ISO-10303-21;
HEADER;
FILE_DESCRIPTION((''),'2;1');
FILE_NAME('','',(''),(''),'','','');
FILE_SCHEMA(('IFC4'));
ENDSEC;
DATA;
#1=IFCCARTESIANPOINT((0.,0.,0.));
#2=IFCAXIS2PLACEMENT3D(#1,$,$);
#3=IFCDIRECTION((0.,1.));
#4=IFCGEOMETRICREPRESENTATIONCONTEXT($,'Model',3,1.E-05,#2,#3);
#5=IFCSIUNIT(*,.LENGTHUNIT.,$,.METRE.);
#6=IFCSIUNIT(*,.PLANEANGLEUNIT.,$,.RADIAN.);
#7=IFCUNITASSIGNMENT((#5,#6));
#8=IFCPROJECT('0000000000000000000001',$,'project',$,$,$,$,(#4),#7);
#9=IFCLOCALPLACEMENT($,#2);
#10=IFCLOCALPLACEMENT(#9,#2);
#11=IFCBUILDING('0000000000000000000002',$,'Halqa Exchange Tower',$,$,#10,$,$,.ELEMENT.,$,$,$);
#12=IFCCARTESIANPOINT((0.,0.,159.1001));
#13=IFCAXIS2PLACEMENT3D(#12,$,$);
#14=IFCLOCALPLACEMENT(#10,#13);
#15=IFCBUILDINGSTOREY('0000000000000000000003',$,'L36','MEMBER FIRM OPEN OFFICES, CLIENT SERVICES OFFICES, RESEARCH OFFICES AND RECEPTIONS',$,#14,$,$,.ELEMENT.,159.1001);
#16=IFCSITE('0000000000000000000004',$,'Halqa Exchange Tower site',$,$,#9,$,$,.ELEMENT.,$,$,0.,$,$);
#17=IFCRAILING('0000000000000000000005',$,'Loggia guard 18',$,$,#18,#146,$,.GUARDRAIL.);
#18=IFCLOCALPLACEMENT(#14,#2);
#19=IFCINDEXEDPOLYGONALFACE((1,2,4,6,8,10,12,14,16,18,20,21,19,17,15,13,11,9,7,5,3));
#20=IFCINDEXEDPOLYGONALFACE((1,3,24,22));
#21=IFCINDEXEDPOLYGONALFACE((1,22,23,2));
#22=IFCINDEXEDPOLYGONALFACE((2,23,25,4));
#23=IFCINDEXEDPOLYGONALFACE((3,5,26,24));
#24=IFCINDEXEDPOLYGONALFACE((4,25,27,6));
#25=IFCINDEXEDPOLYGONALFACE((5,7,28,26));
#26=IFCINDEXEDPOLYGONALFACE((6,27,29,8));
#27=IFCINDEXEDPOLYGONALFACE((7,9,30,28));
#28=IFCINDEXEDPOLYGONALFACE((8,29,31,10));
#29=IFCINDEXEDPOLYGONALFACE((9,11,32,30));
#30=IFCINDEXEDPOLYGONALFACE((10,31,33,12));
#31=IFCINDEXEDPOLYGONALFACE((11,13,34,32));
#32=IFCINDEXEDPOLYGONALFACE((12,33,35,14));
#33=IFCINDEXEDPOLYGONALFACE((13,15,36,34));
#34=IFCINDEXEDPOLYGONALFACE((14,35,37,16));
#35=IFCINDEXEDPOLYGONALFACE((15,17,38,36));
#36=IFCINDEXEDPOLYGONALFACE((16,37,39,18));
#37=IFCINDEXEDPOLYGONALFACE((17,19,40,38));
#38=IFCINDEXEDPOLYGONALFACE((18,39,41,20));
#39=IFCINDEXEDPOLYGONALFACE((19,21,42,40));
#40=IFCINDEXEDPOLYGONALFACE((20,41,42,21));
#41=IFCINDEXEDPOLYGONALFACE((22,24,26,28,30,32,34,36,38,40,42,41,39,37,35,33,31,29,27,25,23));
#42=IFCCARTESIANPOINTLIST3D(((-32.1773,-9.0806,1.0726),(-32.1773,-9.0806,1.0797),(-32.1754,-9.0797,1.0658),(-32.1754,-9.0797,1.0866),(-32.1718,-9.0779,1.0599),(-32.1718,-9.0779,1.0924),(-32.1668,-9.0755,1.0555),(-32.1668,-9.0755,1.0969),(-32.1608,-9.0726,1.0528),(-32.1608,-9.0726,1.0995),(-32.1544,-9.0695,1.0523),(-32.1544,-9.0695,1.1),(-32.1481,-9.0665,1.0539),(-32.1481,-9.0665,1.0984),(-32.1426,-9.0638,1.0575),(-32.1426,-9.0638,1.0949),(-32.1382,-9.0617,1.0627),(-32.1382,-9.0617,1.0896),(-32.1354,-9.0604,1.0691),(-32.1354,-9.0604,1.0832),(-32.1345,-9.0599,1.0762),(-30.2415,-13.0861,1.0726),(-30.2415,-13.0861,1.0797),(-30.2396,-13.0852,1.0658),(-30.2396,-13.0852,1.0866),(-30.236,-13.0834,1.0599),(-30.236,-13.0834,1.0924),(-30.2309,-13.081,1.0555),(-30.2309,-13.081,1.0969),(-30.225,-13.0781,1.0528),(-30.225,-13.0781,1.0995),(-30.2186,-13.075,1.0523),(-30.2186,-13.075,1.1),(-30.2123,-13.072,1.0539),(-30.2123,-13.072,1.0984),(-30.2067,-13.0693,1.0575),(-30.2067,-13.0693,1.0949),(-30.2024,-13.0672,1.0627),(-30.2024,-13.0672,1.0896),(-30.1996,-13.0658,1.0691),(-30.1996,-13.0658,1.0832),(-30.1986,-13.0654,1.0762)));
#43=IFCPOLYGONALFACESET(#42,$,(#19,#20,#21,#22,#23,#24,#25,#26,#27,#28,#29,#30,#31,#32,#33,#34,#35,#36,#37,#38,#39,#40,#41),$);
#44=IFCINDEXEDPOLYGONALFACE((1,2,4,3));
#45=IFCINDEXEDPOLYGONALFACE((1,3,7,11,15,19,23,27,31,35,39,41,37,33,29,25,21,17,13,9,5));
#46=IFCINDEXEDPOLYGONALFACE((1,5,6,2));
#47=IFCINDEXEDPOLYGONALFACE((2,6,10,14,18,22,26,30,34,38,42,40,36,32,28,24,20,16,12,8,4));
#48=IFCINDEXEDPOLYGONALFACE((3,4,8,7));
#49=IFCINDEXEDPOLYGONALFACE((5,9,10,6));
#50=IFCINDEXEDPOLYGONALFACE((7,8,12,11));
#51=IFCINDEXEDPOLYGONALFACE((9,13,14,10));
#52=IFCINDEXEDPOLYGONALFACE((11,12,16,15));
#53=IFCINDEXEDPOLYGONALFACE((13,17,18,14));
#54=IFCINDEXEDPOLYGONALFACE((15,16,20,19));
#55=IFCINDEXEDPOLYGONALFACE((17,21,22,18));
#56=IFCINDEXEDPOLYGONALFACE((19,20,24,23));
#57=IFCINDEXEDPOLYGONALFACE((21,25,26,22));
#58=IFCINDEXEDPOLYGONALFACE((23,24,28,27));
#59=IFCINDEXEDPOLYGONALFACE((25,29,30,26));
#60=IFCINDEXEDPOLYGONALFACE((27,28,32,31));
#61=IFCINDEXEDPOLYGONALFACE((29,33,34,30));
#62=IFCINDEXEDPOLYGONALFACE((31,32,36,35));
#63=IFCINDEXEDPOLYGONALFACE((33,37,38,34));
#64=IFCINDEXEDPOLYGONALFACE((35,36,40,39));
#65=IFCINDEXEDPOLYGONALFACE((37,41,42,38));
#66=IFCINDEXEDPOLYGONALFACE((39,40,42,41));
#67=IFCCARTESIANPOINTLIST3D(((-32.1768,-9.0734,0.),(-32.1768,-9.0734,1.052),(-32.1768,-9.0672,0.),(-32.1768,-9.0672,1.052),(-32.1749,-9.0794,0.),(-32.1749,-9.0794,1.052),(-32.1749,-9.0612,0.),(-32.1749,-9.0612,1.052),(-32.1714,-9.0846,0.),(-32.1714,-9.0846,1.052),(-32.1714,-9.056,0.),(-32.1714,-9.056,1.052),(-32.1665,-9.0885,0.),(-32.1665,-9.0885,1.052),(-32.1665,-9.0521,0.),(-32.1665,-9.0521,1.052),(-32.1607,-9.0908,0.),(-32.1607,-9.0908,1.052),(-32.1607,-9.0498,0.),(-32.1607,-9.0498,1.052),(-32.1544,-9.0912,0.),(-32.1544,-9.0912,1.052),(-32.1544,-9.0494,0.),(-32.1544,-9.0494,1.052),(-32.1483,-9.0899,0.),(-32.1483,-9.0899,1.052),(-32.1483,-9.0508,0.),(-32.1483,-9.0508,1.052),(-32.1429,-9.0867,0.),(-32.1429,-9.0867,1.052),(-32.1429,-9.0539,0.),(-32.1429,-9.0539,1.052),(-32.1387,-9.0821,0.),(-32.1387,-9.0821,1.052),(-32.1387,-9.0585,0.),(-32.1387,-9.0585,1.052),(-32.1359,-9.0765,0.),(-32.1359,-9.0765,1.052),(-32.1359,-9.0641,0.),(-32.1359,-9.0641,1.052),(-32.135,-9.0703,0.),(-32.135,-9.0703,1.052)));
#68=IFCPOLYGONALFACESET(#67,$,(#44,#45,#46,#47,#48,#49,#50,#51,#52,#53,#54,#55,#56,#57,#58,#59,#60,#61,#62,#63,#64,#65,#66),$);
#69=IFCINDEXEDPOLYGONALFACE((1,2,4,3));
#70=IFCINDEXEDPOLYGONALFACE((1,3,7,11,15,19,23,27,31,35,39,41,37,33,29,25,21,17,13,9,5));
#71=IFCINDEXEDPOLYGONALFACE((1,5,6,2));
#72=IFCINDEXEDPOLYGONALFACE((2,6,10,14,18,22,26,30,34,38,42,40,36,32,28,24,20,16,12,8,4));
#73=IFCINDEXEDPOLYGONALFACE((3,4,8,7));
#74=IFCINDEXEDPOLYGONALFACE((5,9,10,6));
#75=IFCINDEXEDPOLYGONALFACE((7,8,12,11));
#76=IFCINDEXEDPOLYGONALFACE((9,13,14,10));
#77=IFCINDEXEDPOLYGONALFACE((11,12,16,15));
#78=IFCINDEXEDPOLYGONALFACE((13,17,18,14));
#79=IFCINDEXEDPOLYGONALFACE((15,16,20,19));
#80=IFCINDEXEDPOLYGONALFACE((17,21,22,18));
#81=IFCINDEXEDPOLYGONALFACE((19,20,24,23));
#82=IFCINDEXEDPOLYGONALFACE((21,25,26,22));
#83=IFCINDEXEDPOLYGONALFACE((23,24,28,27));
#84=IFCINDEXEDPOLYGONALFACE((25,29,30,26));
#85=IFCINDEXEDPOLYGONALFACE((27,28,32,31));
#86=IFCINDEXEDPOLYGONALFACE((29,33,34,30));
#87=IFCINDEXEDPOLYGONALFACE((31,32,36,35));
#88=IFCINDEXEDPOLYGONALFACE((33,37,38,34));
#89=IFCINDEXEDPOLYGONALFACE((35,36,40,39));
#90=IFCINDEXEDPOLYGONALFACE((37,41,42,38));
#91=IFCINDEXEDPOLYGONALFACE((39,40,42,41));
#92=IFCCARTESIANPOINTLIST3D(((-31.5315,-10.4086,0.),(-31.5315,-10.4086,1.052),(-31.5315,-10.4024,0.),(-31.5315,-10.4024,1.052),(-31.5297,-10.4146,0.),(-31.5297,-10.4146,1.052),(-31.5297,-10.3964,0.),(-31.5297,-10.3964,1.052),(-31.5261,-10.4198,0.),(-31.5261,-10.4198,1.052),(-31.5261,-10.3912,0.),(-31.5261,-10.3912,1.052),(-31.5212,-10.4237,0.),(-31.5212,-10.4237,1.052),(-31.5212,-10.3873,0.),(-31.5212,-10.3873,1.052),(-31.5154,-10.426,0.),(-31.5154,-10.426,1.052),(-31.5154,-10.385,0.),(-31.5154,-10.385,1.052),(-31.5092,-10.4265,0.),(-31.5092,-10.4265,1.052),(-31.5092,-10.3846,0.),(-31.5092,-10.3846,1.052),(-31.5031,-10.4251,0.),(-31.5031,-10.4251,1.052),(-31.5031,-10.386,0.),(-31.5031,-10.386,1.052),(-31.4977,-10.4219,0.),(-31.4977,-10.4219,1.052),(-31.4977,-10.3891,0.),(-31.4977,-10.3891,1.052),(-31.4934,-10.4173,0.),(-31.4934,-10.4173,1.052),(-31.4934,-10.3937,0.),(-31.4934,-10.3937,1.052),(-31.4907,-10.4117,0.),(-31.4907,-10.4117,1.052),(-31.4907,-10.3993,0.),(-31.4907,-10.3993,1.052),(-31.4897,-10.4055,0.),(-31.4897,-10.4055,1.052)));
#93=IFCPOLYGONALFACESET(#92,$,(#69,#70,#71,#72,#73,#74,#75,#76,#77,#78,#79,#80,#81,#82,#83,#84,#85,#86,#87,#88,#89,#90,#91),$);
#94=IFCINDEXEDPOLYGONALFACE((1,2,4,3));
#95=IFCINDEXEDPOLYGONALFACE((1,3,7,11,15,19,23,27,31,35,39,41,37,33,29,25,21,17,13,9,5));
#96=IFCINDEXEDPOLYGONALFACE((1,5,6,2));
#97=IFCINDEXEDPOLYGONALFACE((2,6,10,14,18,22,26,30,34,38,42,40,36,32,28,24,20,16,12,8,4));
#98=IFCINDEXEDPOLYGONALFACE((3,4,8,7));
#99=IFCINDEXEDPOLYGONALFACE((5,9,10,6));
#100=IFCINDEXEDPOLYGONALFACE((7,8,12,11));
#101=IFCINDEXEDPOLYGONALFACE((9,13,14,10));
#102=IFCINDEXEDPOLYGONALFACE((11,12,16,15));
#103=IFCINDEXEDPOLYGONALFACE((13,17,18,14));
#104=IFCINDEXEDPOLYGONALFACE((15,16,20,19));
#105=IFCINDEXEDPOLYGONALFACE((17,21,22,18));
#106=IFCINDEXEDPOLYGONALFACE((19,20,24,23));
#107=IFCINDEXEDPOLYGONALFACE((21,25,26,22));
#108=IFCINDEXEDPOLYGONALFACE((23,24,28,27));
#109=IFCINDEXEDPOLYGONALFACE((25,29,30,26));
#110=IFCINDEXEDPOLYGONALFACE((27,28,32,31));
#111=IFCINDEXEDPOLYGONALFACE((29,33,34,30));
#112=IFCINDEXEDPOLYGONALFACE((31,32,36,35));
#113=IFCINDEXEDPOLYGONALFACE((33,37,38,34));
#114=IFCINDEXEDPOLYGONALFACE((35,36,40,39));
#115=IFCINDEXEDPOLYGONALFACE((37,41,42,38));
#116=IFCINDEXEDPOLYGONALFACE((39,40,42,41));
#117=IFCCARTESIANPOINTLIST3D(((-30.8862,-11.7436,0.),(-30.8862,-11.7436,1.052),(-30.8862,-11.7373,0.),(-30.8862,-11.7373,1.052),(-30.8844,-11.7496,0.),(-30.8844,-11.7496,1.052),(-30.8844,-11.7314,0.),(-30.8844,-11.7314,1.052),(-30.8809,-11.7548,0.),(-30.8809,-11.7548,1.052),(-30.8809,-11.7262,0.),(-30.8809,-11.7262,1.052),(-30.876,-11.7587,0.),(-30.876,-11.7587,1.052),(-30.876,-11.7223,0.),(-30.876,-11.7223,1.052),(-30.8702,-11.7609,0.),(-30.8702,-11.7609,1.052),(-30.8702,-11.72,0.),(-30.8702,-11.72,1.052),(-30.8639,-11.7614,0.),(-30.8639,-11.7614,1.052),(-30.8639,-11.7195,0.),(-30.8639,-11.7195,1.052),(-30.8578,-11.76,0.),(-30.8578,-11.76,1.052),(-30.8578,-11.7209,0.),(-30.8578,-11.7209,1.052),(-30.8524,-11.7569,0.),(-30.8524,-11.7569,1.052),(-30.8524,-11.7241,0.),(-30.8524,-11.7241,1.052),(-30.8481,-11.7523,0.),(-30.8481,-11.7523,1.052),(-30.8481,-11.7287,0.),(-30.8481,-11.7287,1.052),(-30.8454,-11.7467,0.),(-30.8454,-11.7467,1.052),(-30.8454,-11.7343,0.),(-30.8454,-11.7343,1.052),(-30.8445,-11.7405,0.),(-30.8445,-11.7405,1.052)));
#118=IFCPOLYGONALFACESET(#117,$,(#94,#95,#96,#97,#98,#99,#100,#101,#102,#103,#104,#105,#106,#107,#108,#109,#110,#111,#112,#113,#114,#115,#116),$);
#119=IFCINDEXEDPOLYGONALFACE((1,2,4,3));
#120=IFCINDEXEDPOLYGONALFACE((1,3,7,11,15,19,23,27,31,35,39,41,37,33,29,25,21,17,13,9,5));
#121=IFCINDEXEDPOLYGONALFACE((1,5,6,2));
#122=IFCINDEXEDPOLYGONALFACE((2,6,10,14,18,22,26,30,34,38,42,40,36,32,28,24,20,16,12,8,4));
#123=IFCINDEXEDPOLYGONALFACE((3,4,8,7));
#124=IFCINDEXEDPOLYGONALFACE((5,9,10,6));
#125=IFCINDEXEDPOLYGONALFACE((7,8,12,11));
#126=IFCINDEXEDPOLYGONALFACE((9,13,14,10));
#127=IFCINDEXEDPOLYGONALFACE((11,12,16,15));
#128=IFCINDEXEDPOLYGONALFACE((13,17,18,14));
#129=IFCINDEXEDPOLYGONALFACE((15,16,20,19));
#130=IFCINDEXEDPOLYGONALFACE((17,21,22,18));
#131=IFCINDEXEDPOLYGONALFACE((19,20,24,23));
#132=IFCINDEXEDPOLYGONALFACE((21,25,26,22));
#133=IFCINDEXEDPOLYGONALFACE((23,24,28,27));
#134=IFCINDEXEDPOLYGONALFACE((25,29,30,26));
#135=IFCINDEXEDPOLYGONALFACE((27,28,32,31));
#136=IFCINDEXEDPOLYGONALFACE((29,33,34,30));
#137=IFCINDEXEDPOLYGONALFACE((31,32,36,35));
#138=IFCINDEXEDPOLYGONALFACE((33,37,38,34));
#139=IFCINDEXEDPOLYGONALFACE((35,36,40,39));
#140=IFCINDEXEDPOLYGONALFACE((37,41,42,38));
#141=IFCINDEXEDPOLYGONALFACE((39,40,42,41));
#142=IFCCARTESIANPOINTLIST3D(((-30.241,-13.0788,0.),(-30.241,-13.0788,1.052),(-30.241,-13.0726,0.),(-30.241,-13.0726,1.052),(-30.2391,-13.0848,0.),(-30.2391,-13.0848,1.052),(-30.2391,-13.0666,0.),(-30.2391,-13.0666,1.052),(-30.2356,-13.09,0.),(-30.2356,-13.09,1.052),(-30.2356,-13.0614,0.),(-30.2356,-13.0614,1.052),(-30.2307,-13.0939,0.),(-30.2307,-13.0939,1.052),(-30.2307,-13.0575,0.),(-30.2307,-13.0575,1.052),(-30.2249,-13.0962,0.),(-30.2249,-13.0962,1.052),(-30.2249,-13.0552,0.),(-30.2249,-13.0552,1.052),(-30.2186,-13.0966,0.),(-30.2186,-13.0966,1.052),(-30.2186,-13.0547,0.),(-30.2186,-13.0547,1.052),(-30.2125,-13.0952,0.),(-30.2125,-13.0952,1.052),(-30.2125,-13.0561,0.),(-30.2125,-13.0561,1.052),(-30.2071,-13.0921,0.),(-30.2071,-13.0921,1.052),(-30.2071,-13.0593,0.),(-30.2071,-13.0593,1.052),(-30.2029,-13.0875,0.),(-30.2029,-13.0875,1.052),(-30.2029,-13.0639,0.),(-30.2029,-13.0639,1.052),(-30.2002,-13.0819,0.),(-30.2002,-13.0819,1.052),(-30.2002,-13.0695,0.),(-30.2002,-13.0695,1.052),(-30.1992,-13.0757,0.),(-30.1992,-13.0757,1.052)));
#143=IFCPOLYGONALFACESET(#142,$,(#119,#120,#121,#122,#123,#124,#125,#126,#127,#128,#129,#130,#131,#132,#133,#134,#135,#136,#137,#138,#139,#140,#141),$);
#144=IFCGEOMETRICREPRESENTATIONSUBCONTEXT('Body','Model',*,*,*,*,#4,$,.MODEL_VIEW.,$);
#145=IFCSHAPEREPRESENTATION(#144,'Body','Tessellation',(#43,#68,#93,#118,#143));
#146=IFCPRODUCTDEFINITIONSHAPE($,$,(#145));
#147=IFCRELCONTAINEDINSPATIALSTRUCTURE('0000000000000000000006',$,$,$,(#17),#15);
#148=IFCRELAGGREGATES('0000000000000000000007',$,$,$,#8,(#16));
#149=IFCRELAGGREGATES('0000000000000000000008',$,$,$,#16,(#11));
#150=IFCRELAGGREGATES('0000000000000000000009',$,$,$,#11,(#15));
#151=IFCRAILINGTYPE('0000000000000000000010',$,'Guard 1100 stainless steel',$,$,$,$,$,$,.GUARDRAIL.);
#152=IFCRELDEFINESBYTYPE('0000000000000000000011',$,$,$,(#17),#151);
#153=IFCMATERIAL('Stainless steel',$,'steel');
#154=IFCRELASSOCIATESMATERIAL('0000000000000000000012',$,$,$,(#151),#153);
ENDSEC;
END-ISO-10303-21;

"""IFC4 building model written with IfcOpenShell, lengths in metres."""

from ifc_helpers import new_model, si_unit, direction, frame, origin, origin_2d, place, context, subcontext, project, spatial, circle, extrude, material, type_object, element, save


model = new_model("IFC4")

# Units and contexts
model_context = context("Model", 3, precision=1e-05, world=origin(), true_north=direction((0.0, 1.0)))
body_context = subcontext(model_context, "Body", "Model", "MODEL_VIEW")
ifc_project = project(units=[si_unit("LENGTHUNIT", "METRE"), si_unit("PLANEANGLEUNIT", "RADIAN")], contexts=[model_context])

# Site, building, storey
site_placement = place(None, origin())
site = spatial("IfcSite", under=ifc_project, at=site_placement, Name="Halqa Exchange Tower site", CompositionType="ELEMENT", RefElevation=0.0)
building_placement = place(site_placement, origin())
building = spatial("IfcBuilding", under=site, at=building_placement, Name="Halqa Exchange Tower", CompositionType="ELEMENT")
storey_placement = place(building_placement, frame((0.0, 0.0, 159.1001)))
storey = spatial("IfcBuildingStorey", under=building, at=storey_placement, Name="L36", Description="MEMBER FIRM OPEN OFFICES, CLIENT SERVICES OFFICES, RESEARCH OFFICES AND RECEPTIONS", CompositionType="ELEMENT", Elevation=159.1001)

# Railing
ifc_material_1 = material(Name="Stainless steel", Category="steel")
railing_type = type_object("IfcRailingType", Name="Guard 1100 stainless steel", PredefinedType="GUARDRAIL", material=ifc_material_1)
railing_1_placement = place(storey_placement, frame((-32.156, -9.0703, 0.0)))
element("IfcRailing", 1, at=railing_1_placement, inside=storey, type_object=railing_type, Name="Loggia guard 18", PredefinedType="GUARDRAIL", context=body_context, shape_type="SweptSolid", body=[
    extrude(circle(Radius=0.0239, at=origin_2d()), frame((0.0, 0.0, 1.0762), z_axis=(0.435143, -0.900361, 0.0), x_axis=(0.900361, 0.435143, 0.0)), (0.0, 0.0, 1.0), 4.4487),
    extrude(circle(Radius=0.021, at=origin_2d()), origin(), (0.0, 0.0, 1.0), 1.052),
    extrude(circle(Radius=0.021, at=origin_2d()), frame((0.6453, -1.3352, 0.0)), (0.0, 0.0, 1.0), 1.052),
    extrude(circle(Radius=0.021, at=origin_2d()), frame((1.2905, -2.6702, 0.0)), (0.0, 0.0, 1.0), 1.052),
    extrude(circle(Radius=0.021, at=origin_2d()), frame((1.9358, -4.0054, 0.0)), (0.0, 0.0, 1.0), 1.052),
])

save(model, "model.ifc")
